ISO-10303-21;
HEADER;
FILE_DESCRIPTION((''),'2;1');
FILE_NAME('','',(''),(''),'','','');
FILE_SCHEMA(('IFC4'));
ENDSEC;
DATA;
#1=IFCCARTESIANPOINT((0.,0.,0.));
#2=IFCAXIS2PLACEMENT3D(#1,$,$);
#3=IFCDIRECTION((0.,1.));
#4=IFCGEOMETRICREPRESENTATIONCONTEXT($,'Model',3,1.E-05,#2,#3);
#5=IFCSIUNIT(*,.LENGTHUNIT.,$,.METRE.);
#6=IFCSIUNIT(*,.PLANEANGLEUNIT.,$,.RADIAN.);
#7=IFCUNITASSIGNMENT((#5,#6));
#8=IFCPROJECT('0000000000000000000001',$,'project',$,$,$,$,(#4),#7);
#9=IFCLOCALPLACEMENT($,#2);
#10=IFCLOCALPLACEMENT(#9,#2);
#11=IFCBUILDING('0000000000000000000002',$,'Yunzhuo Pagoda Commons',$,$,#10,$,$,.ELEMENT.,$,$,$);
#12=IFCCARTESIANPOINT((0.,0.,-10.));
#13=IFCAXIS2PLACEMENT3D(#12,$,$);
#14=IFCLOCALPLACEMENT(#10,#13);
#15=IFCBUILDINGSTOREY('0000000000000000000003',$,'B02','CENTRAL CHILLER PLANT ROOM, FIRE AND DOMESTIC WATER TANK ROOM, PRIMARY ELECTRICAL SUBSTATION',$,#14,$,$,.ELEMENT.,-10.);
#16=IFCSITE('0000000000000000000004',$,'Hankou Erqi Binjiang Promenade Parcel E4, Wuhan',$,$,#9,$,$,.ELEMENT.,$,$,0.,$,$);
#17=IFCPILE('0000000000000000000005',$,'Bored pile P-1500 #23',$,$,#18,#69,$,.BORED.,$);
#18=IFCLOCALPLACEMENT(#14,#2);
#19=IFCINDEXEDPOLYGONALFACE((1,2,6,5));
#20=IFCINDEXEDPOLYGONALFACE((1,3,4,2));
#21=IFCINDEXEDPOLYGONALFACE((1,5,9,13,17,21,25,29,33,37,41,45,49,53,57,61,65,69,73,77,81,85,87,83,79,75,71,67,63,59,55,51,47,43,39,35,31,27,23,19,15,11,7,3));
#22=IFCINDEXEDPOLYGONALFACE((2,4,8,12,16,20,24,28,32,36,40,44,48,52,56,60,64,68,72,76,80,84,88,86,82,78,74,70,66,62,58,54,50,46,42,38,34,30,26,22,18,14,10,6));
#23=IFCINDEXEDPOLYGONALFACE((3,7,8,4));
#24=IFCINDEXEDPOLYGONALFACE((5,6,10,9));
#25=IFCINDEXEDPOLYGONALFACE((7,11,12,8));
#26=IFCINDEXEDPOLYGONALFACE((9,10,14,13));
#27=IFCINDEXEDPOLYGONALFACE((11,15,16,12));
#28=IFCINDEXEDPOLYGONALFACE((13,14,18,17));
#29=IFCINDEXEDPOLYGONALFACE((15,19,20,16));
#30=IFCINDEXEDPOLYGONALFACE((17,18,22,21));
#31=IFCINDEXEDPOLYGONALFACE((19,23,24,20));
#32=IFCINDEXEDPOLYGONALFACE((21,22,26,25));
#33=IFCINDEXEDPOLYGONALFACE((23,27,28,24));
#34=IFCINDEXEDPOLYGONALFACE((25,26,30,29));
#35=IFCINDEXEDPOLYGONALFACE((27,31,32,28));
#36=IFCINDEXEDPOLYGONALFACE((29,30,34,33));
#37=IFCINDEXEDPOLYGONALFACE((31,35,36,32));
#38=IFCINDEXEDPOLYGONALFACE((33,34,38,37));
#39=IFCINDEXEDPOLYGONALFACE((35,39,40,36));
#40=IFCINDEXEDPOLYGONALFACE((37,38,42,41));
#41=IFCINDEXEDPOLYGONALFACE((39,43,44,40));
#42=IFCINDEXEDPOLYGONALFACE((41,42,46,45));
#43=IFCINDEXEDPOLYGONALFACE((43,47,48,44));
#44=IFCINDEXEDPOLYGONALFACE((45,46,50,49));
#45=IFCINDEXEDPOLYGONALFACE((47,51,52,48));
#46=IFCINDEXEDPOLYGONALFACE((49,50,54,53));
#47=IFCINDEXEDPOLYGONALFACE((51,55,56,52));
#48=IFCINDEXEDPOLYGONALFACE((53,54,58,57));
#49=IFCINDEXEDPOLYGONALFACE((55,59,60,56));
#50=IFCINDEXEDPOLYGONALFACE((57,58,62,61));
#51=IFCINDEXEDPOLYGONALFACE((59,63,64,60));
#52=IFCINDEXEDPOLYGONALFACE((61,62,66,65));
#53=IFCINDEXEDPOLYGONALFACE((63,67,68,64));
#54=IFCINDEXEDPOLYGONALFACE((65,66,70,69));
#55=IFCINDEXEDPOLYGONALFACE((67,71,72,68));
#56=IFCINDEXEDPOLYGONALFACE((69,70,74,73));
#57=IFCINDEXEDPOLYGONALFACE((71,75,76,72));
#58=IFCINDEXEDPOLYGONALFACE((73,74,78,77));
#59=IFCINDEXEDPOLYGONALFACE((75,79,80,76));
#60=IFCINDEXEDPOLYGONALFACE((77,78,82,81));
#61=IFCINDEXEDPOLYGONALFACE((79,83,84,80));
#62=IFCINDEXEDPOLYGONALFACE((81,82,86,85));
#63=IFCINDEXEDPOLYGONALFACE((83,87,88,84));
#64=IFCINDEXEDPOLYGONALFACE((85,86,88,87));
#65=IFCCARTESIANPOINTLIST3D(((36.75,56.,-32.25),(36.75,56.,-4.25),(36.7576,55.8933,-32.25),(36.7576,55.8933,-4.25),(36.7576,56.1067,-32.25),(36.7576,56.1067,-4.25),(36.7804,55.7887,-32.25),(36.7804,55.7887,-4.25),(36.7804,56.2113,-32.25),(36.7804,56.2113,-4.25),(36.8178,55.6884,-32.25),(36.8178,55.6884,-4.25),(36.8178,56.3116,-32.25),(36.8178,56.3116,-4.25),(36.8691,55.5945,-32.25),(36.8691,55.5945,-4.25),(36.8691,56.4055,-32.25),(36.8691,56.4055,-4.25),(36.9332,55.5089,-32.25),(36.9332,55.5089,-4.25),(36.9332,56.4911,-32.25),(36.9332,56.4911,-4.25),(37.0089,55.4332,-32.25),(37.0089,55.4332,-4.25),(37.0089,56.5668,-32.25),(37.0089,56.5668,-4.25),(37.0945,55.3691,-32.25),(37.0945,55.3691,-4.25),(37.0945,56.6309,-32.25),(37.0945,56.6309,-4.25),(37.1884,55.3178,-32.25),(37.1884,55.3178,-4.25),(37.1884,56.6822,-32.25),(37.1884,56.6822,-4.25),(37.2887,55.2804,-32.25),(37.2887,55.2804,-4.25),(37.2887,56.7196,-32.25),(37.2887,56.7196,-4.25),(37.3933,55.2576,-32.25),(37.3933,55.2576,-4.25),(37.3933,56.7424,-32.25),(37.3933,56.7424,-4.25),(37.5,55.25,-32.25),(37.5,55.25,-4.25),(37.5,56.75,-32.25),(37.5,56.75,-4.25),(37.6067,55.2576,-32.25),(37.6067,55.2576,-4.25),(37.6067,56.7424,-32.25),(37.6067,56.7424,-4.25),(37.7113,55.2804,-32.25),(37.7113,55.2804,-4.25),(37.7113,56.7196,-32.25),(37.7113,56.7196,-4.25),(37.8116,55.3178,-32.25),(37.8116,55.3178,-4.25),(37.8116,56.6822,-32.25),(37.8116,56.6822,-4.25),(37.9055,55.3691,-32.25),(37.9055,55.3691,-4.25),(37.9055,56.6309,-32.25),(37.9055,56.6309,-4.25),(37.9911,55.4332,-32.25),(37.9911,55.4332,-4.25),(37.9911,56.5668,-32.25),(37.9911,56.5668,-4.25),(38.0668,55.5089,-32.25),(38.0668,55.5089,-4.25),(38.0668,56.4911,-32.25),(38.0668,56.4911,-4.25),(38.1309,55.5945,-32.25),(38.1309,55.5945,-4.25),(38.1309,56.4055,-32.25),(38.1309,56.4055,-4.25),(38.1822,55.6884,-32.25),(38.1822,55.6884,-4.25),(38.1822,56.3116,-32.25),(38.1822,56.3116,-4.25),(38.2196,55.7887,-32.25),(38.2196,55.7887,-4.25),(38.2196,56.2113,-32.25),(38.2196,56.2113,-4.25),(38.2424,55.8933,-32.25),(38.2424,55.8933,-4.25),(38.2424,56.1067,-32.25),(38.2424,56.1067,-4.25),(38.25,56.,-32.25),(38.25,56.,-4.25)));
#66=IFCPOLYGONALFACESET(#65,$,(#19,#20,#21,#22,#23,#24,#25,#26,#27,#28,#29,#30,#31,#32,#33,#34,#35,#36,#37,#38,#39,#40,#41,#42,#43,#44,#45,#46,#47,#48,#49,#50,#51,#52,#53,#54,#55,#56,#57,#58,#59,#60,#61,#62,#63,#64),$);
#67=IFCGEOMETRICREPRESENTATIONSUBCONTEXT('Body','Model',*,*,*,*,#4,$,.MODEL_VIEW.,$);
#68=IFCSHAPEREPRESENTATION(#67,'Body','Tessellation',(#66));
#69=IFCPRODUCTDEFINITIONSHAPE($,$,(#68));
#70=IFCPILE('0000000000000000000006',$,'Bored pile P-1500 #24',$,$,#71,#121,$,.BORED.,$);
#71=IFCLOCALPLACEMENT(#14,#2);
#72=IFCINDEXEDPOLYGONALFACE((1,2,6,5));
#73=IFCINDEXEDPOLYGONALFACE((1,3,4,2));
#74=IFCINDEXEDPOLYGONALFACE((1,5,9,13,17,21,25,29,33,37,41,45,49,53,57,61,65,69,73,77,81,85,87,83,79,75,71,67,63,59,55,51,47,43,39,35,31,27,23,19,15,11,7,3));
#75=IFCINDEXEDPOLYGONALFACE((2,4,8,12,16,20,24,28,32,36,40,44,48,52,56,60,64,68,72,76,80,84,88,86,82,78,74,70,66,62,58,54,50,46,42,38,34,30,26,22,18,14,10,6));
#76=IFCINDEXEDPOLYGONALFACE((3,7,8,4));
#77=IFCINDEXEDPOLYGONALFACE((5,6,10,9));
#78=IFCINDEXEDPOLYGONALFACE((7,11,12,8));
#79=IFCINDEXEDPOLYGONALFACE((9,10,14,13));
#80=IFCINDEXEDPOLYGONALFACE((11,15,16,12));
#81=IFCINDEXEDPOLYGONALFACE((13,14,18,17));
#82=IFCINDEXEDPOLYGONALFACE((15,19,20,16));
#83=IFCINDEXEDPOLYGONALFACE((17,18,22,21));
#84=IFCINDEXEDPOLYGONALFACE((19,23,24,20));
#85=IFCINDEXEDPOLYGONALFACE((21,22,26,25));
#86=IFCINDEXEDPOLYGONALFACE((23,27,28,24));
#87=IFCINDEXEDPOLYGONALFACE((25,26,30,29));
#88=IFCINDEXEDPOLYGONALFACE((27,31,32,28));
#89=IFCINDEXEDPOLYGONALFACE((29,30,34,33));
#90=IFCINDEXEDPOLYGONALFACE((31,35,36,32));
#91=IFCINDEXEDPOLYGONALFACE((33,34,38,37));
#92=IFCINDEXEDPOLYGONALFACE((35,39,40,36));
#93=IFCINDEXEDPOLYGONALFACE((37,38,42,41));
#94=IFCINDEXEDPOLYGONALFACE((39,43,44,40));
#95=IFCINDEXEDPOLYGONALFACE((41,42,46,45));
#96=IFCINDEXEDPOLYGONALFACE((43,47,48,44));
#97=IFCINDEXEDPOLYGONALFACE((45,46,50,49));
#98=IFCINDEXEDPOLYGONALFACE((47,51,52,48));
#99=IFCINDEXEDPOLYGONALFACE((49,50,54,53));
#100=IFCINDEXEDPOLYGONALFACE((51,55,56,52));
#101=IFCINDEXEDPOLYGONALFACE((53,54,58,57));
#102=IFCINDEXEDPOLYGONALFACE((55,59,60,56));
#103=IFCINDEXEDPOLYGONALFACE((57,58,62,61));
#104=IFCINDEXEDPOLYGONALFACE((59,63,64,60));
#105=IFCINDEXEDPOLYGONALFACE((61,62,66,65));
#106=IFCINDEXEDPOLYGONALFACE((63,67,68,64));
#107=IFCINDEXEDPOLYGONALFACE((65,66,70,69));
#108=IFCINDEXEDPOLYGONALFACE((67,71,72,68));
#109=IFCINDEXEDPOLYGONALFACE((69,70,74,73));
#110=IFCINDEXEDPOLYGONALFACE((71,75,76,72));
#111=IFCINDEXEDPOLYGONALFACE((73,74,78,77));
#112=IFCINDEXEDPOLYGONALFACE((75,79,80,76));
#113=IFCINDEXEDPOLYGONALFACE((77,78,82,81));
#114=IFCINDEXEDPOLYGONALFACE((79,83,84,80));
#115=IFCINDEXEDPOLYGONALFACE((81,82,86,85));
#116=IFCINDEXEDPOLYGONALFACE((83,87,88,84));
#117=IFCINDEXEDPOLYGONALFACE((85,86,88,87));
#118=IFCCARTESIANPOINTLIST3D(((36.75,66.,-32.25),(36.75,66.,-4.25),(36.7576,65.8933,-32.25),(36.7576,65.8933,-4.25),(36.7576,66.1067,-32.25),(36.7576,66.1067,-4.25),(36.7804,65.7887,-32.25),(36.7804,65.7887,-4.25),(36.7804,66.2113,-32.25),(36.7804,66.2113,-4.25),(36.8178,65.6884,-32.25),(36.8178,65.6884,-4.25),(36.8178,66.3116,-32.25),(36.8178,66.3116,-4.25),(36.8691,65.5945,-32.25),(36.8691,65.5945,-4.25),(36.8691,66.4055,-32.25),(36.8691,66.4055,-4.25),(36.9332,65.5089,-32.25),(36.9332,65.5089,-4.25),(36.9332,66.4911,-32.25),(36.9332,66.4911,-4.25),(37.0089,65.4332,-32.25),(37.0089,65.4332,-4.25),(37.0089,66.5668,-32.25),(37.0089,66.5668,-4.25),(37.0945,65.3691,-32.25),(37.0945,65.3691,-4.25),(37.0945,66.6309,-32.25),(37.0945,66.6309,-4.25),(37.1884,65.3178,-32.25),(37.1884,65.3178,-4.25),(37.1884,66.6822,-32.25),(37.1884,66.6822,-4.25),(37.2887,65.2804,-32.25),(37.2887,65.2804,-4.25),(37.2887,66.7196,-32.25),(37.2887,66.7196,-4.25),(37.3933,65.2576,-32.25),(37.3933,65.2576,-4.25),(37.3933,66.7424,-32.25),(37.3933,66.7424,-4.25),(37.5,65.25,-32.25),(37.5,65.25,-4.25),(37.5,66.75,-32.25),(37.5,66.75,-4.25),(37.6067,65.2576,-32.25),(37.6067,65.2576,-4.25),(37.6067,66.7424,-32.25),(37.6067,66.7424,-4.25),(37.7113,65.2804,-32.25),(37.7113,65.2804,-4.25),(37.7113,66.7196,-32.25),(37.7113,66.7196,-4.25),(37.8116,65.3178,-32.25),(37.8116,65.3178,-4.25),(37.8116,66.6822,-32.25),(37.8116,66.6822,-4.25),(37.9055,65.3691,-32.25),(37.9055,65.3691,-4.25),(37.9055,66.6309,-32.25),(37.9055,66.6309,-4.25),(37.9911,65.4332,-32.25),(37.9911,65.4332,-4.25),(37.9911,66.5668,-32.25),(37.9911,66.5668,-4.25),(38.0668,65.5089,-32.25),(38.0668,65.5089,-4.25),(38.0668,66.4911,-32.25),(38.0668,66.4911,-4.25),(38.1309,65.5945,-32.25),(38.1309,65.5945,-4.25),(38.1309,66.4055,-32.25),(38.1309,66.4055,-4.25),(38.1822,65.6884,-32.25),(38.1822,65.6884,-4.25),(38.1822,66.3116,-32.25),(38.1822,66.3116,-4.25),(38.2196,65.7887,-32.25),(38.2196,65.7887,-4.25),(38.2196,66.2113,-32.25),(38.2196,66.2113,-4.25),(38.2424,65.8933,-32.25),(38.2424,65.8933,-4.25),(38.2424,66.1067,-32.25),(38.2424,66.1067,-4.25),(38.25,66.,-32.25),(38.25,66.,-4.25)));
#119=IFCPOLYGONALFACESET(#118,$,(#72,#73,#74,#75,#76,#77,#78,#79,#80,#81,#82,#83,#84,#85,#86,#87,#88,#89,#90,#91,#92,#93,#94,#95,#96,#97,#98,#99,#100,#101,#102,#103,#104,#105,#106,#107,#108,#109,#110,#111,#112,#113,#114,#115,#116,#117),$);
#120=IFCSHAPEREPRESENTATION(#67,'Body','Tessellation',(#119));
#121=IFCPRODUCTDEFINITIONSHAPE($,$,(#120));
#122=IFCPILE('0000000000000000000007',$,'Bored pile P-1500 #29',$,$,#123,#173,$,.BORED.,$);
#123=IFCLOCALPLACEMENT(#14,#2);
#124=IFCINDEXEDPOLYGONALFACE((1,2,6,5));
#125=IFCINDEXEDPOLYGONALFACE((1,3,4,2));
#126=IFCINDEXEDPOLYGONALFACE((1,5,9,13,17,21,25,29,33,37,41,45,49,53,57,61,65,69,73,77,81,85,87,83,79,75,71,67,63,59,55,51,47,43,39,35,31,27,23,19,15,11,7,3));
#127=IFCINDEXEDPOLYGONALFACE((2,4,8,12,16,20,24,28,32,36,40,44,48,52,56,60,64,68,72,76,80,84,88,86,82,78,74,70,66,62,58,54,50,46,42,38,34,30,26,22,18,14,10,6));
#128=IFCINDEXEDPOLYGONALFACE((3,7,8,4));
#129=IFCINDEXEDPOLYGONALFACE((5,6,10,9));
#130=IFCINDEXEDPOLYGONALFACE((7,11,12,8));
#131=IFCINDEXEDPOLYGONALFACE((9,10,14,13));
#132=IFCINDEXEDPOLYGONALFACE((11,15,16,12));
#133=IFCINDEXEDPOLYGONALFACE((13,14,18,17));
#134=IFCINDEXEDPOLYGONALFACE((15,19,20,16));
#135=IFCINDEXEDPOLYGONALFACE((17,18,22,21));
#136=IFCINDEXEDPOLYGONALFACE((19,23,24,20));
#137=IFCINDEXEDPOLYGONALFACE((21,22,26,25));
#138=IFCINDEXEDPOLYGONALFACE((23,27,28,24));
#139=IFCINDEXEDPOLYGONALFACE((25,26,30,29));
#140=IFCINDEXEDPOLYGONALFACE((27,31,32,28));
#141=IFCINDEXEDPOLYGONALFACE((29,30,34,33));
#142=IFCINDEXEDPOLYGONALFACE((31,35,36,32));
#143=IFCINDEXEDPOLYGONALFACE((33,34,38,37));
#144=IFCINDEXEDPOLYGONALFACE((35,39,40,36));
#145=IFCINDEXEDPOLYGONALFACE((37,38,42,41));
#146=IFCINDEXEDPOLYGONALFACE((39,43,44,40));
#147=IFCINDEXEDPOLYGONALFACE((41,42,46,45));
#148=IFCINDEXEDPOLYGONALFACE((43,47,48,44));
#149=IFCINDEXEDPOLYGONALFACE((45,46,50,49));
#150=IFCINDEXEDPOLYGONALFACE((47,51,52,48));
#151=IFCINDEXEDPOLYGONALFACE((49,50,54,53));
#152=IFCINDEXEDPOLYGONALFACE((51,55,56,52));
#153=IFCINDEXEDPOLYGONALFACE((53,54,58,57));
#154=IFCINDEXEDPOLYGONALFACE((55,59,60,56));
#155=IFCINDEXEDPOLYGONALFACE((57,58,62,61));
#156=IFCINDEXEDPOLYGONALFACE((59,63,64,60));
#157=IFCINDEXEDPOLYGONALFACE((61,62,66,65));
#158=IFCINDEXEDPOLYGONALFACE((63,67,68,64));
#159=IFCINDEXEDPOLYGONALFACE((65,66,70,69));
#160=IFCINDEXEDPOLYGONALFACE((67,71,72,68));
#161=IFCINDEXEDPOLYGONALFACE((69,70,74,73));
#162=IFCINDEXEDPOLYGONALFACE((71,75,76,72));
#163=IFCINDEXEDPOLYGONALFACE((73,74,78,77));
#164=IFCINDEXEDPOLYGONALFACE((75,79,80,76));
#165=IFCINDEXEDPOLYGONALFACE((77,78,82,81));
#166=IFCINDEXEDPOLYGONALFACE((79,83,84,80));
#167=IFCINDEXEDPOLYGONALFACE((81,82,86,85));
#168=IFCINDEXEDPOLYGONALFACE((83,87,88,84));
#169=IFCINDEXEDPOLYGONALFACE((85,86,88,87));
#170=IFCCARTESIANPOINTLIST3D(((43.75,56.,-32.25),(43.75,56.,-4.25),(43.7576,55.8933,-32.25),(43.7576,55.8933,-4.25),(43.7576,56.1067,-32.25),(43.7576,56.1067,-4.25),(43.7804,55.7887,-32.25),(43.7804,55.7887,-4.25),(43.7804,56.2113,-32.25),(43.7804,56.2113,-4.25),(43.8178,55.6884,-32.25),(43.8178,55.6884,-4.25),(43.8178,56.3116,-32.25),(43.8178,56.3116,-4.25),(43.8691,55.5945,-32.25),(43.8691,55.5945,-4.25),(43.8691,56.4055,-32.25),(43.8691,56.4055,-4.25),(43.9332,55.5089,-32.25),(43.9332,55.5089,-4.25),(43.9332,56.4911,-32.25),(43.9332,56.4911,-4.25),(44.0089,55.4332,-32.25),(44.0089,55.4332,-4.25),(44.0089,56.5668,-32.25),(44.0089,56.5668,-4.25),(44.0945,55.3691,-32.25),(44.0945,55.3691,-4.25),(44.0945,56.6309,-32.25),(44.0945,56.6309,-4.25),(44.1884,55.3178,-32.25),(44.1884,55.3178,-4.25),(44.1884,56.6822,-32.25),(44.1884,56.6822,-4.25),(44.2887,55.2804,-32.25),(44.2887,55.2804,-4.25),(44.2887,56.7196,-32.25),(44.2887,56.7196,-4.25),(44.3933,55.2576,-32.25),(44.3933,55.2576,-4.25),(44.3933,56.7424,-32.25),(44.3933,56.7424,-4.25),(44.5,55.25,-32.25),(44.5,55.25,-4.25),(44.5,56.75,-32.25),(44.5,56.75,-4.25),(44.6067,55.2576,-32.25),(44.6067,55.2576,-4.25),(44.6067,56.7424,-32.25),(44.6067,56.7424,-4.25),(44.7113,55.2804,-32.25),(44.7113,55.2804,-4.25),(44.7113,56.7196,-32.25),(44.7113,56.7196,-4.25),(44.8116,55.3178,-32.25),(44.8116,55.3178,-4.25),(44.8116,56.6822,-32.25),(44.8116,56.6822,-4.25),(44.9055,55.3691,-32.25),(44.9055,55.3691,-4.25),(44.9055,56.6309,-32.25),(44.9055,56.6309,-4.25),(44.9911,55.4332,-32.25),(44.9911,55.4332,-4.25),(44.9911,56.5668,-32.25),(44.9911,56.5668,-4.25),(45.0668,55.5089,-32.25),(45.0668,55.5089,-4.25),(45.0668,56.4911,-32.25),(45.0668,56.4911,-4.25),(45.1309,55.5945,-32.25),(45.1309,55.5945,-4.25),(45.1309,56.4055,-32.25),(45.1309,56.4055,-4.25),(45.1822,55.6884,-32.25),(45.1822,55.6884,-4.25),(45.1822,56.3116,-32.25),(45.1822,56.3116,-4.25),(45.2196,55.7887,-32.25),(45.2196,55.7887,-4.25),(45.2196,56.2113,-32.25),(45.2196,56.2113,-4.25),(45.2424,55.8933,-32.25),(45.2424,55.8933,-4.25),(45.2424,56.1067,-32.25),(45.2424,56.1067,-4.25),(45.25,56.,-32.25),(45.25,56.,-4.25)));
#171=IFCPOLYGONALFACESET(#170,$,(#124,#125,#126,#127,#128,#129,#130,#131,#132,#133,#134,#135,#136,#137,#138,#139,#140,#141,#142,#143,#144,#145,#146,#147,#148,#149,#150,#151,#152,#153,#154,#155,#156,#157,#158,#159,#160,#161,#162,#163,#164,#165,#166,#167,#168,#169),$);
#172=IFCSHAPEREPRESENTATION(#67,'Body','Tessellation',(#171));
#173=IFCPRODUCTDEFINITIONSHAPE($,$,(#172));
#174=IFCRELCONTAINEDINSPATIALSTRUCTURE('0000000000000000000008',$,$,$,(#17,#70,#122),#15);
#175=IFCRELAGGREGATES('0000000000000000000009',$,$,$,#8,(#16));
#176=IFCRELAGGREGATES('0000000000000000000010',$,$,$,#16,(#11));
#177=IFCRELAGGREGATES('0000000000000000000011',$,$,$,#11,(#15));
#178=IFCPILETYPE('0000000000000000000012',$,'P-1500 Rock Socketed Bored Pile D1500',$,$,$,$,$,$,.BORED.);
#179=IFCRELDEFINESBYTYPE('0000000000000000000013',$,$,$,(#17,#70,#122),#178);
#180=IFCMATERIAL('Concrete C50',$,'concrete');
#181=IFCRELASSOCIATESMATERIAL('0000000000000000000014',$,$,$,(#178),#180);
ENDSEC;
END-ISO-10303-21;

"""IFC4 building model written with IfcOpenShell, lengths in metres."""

from ifc_helpers import new_model, si_unit, direction, frame, origin, origin_2d, place, context, subcontext, project, spatial, circle, extrude, source, transform, mapped, material, material_profile, profile_set, type_object, element, save


model = new_model("IFC4")

# Units and contexts
model_context = context("Model", 3, precision=1e-05, world=origin(), true_north=direction((0.0, 1.0)))
body_context = subcontext(model_context, "Body", "Model", "MODEL_VIEW")
ifc_project = project(units=[si_unit("LENGTHUNIT", "METRE"), si_unit("PLANEANGLEUNIT", "RADIAN")], contexts=[model_context])

# Site, building, storey
site_placement = place(None, origin())
site = spatial("IfcSite", under=ifc_project, at=site_placement, Name="Hankou Erqi Binjiang Promenade Parcel E4, Wuhan", CompositionType="ELEMENT", RefElevation=0.0)
building_placement = place(site_placement, origin())
building = spatial("IfcBuilding", under=site, at=building_placement, Name="Yunzhuo Pagoda Commons", CompositionType="ELEMENT")
storey_placement = place(building_placement, frame((0.0, 0.0, -10.0)))
storey = spatial("IfcBuildingStorey", under=building, at=storey_placement, Name="B02", Description="CENTRAL CHILLER PLANT ROOM, FIRE AND DOMESTIC WATER TANK ROOM, PRIMARY ELECTRICAL SUBSTATION", CompositionType="ELEMENT", Elevation=-10.0)

# Piles
ifc_material_1 = material(Name="Concrete C50", Category="concrete")
ifc_material_profile_1 = material_profile(ifc_material_1, circle(Radius=0.75, at=origin_2d()), Name="Concrete C50")
ifc_profile_set_1 = profile_set([ifc_material_profile_1], Name="Concrete C50")
pile_type_1 = type_object("IfcPileType", Name="P-1500 Rock Socketed Bored Pile D1500", PredefinedType="BORED", material=ifc_profile_set_1)
shared_shape_1 = source(origin(), body_context, "Body", "SweptSolid", [
    extrude(circle(Radius=0.75, at=origin_2d()), origin(), (0.0, 0.0, 1.0), 28.0),
])
for number, where, z_axis, x_axis, name in (
    (1, (37.5, 56.0, -4.25), (0.0, 0.0, -1.0), (1.0, 0.0, 0.0), "Bored pile P-1500 #23"),
    (2, (37.5, 66.0, -4.25), (0.0, 0.0, -1.0), (1.0, 0.0, 0.0), "Bored pile P-1500 #24"),
    (3, (44.5, 56.0, -4.25), (0.0, 0.0, -1.0), (1.0, 0.0, 0.0), "Bored pile P-1500 #29"),
):
    element("IfcPile", number, at=place(storey_placement, frame(where, z_axis=z_axis, x_axis=x_axis)), inside=storey, type_object=pile_type_1, Name=name, PredefinedType="BORED", context=body_context, shape_type="MappedRepresentation", body=[
        mapped(shared_shape_1, transform((0.0, 0.0, 0.0), scale=1.0)),
    ])

save(model, "model.ifc")
